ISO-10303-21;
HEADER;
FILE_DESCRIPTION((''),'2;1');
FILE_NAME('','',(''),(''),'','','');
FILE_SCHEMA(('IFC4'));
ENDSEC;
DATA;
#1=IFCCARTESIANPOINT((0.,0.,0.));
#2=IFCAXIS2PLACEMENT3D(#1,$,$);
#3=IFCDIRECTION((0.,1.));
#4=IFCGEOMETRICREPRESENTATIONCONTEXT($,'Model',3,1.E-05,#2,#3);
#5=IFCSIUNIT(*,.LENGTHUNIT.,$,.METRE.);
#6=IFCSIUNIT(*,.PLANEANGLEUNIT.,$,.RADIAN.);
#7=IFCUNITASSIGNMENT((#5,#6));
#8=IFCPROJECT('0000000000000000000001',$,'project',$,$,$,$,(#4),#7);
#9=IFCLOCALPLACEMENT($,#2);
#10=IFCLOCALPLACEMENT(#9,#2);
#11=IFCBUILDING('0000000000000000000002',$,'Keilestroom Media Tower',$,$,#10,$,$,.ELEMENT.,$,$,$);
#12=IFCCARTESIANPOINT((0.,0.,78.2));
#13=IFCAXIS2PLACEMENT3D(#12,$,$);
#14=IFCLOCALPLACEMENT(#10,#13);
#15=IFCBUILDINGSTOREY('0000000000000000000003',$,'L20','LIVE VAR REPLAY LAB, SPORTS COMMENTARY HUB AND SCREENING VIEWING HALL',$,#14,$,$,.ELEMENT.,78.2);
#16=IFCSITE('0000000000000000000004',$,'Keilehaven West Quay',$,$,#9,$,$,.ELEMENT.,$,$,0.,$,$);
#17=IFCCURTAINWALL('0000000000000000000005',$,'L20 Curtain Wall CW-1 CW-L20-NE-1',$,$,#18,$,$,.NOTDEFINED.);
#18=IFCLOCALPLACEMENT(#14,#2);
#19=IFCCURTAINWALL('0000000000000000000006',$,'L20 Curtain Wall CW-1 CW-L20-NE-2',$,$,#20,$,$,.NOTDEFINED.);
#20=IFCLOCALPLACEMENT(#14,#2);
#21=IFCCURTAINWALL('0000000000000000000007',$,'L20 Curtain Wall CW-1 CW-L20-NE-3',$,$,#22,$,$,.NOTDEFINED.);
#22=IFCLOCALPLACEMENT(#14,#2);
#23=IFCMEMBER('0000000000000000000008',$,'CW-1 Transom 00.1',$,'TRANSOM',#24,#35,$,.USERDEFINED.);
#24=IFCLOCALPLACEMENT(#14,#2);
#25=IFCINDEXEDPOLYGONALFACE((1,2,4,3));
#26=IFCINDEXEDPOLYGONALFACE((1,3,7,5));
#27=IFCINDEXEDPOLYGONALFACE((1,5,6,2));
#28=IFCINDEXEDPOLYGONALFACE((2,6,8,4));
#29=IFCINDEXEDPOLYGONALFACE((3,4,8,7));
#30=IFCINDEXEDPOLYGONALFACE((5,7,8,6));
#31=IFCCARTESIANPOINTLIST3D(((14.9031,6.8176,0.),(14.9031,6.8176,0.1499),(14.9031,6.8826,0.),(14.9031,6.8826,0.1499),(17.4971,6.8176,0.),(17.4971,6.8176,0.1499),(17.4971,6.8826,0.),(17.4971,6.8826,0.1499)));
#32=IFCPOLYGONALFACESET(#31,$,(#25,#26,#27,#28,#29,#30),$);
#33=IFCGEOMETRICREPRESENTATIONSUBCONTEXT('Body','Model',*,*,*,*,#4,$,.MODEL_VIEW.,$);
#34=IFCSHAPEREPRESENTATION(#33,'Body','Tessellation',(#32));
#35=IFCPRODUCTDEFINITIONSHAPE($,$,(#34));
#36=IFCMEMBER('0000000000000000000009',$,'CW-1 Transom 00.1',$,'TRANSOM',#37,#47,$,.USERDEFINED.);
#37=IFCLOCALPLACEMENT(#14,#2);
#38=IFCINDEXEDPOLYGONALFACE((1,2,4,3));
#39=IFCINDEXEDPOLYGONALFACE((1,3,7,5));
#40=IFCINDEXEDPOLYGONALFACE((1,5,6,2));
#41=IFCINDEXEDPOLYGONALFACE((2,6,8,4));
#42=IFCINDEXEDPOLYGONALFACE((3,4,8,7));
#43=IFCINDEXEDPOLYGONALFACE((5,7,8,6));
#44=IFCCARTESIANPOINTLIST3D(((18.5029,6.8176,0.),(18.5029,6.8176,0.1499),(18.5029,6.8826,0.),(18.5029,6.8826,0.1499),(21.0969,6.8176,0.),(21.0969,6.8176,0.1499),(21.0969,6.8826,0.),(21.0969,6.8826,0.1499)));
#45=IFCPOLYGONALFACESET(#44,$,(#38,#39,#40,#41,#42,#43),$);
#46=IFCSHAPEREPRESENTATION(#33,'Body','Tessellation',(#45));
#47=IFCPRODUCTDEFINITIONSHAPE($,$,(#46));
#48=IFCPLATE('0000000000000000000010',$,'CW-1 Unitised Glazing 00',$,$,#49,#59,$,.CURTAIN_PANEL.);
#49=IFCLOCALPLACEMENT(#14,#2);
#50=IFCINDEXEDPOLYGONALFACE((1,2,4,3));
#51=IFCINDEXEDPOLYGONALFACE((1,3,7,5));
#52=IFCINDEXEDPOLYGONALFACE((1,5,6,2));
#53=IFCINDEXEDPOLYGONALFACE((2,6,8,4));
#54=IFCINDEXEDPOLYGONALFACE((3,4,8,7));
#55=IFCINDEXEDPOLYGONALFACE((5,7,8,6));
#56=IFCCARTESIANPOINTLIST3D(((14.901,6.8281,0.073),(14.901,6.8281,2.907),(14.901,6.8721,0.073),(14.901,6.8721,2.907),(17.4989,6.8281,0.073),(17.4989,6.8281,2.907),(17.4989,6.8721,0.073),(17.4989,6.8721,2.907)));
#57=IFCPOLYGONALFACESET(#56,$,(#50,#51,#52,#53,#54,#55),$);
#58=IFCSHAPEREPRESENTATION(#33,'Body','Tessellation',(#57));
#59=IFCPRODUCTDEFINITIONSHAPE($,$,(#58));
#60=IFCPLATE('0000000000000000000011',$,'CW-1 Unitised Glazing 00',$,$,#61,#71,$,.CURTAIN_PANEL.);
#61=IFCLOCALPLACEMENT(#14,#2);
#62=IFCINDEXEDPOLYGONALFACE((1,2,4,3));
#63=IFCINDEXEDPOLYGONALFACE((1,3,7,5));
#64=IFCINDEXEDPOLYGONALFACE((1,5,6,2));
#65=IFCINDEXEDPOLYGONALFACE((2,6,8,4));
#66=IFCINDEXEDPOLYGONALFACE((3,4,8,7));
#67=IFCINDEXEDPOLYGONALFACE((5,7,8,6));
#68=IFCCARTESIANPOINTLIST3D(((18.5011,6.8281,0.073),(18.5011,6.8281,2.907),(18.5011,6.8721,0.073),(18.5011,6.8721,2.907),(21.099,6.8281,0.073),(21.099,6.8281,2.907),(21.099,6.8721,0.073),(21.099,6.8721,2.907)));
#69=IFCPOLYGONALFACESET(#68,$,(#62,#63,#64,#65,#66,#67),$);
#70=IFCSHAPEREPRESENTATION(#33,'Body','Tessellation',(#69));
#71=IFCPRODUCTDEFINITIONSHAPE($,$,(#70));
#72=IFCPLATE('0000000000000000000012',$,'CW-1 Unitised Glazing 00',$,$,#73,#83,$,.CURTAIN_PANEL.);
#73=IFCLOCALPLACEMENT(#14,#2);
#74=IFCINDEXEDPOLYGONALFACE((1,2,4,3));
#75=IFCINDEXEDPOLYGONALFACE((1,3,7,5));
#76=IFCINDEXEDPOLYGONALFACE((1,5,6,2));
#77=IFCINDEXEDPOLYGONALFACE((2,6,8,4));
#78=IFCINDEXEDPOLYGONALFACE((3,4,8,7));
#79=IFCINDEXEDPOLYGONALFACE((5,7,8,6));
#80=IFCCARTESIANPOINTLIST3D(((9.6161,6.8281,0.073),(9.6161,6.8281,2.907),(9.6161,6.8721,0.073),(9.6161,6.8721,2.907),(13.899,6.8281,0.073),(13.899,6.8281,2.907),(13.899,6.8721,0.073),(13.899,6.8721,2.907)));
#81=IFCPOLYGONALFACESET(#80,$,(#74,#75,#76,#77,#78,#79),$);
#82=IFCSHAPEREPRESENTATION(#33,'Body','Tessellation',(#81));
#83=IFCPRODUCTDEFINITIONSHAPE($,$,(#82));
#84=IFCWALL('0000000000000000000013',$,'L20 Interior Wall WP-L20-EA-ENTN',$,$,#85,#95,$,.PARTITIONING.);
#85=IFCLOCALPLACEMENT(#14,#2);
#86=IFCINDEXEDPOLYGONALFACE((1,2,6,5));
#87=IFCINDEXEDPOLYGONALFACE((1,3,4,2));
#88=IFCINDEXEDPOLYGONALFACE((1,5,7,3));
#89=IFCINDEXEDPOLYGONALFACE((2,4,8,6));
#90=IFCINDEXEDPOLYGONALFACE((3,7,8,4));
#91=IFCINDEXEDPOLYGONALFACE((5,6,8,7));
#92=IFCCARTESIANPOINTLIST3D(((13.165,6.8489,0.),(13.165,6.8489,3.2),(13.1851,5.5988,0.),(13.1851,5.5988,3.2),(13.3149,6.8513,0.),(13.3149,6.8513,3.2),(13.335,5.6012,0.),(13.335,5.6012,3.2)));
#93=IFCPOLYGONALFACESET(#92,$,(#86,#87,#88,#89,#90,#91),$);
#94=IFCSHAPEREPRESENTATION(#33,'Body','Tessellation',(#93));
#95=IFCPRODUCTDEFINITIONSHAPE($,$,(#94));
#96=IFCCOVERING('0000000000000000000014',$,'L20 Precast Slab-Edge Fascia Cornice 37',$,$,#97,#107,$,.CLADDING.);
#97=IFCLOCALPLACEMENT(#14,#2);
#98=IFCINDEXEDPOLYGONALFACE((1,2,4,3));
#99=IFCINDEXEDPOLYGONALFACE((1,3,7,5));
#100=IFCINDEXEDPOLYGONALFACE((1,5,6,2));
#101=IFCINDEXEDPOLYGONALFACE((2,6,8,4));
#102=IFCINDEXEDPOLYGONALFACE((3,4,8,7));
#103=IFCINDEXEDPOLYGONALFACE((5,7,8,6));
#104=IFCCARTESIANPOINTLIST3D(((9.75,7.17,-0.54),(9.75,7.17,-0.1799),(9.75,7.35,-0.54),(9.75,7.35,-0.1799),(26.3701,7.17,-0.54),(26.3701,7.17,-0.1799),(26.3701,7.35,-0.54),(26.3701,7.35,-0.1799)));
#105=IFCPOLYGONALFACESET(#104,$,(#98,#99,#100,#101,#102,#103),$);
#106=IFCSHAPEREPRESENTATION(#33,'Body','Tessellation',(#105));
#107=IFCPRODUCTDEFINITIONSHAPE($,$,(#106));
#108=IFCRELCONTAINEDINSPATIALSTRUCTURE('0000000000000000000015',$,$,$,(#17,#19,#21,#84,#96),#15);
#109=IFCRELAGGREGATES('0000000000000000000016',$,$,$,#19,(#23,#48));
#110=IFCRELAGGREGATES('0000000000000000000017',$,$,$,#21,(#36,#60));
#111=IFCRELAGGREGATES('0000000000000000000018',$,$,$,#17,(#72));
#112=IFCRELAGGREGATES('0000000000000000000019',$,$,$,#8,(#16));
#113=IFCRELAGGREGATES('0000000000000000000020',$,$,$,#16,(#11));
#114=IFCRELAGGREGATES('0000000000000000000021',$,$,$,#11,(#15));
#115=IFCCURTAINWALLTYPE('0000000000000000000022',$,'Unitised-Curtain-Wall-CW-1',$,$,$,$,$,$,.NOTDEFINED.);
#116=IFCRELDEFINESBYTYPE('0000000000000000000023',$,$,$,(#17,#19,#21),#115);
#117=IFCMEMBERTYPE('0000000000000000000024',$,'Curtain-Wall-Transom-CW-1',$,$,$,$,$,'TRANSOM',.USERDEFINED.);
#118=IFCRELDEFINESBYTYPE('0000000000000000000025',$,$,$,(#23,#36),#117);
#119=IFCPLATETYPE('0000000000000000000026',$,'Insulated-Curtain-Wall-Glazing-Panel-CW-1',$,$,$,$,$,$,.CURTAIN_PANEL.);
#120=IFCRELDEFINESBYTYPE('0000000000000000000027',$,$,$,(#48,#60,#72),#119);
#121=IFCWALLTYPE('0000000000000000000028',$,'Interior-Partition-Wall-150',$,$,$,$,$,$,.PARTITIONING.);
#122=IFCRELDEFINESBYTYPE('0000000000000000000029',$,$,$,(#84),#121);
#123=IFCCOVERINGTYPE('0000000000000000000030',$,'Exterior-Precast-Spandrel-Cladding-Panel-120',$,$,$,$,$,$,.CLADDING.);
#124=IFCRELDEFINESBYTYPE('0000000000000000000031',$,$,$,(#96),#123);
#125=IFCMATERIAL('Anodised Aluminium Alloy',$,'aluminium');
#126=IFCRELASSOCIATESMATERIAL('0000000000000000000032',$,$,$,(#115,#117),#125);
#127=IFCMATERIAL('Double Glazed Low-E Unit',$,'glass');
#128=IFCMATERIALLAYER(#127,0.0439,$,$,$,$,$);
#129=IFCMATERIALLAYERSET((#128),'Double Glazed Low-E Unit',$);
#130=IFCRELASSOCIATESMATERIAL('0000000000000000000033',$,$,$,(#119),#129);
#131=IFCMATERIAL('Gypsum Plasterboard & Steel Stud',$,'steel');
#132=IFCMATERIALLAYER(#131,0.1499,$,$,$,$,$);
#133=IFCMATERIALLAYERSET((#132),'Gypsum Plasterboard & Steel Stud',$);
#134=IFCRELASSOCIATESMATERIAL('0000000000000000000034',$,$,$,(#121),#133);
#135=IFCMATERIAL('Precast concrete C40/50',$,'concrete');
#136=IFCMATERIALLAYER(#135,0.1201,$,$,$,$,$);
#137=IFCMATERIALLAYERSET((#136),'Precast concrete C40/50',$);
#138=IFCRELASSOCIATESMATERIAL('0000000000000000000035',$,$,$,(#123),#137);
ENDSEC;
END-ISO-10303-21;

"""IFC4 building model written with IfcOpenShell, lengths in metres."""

from ifc_helpers import new_model, si_unit, direction, frame, frame_2d, origin, origin_2d, place, context, subcontext, project, spatial, rectangle, extrude, source, transform, mapped, material, layer, layer_set, material_profile, profile_set, type_object, element, aggregate, save


model = new_model("IFC4")

# Units and contexts
model_context = context("Model", 3, precision=1e-05, world=origin(), true_north=direction((0.0, 1.0)))
body_context = subcontext(model_context, "Body", "Model", "MODEL_VIEW")
ifc_project = project(units=[si_unit("LENGTHUNIT", "METRE"), si_unit("PLANEANGLEUNIT", "RADIAN")], contexts=[model_context])

# Site, building, storey
site_placement = place(None, origin())
site = spatial("IfcSite", under=ifc_project, at=site_placement, Name="Keilehaven West Quay", CompositionType="ELEMENT", RefElevation=0.0)
building_placement = place(site_placement, origin())
building = spatial("IfcBuilding", under=site, at=building_placement, Name="Keilestroom Media Tower", CompositionType="ELEMENT")
storey_placement = place(building_placement, frame((0.0, 0.0, 78.2)))
storey = spatial("IfcBuildingStorey", under=building, at=storey_placement, Name="L20", Description="LIVE VAR REPLAY LAB, SPORTS COMMENTARY HUB AND SCREENING VIEWING HALL", CompositionType="ELEMENT", Elevation=78.2)

# Shared definitions
ifc_material_1 = material(Name="Precast concrete C40/50", Category="concrete")

# Curtain wall
ifc_material_2 = material(Name="Anodised Aluminium Alloy", Category="aluminium")
curtain_wall_type = type_object("IfcCurtainWallType", Name="Unitised-Curtain-Wall-CW-1", PredefinedType="NOTDEFINED", material=ifc_material_2)
curtain_wall_1_placement = place(storey_placement, origin())
curtain_wall_1 = element("IfcCurtainWall", 1, at=curtain_wall_1_placement, inside=storey, type_object=curtain_wall_type, Name="L20 Curtain Wall CW-1 CW-L20-NE-1", PredefinedType="NOTDEFINED")

# Curtain walls
curtain_wall_2_placement = place(storey_placement, origin())
curtain_wall_2 = element("IfcCurtainWall", 2, at=curtain_wall_2_placement, inside=storey, type_object=curtain_wall_type, Name="L20 Curtain Wall CW-1 CW-L20-NE-2", PredefinedType="NOTDEFINED")
curtain_wall_3_placement = place(storey_placement, origin())
curtain_wall_3 = element("IfcCurtainWall", 3, at=curtain_wall_3_placement, inside=storey, type_object=curtain_wall_type, Name="L20 Curtain Wall CW-1 CW-L20-NE-3", PredefinedType="NOTDEFINED")

# Members
ifc_material_profile_1 = material_profile(ifc_material_2, rectangle(XDim=0.0649, YDim=0.1499, at=origin_2d()), Name="ALU TRANSOM 65x150")
ifc_profile_set_1 = profile_set([ifc_material_profile_1], Name="Anodised Aluminium Alloy")
member_type_1 = type_object("IfcMemberType", Name="Curtain-Wall-Transom-CW-1", ElementType="TRANSOM", PredefinedType="USERDEFINED", material=ifc_profile_set_1)
shared_shape_1 = source(origin(), body_context, "Body", "SweptSolid", [
    extrude(rectangle(XDim=0.0649, YDim=0.1499, at=origin_2d()), origin(), (0.0, 0.0, 1.0), 2.594),
])
member_1_placement = place(storey_placement, frame((14.9031, 6.8501, 0.075), z_axis=(1.0, 0.0, 0.0), x_axis=(0.0, 1.0, 0.0)))
member_1 = element("IfcMember", 4, at=member_1_placement, type_object=member_type_1, Name="CW-1 Transom 00.1", ObjectType="TRANSOM", PredefinedType="USERDEFINED", context=body_context, shape_type="MappedRepresentation", body=[
    mapped(shared_shape_1, transform((0.0, 0.0, 0.0), x_axis=(1.0, 0.0, 0.0), y_axis=(0.0, 1.0, 0.0), z_axis=(0.0, 0.0, 1.0), scale=1.0)),
])
member_2_placement = place(storey_placement, frame((18.5029, 6.8501, 0.075), z_axis=(1.0, 0.0, 0.0), x_axis=(0.0, 1.0, 0.0)))
member_2 = element("IfcMember", 5, at=member_2_placement, type_object=member_type_1, Name="CW-1 Transom 00.1", ObjectType="TRANSOM", PredefinedType="USERDEFINED", context=body_context, shape_type="MappedRepresentation", body=[
    mapped(shared_shape_1, transform((0.0, 0.0, 0.0), x_axis=(1.0, 0.0, 0.0), y_axis=(0.0, 1.0, 0.0), z_axis=(0.0, 0.0, 1.0), scale=1.0)),
])

# Plates
ifc_material_3 = material(Name="Double Glazed Low-E Unit", Category="glass")
ifc_layer_1 = layer(ifc_material_3, 0.0439)
ifc_layer_set_1 = layer_set([ifc_layer_1], Name="Double Glazed Low-E Unit")
plate_type = type_object("IfcPlateType", Name="Insulated-Curtain-Wall-Glazing-Panel-CW-1", PredefinedType="CURTAIN_PANEL", material=ifc_layer_set_1)
shared_shape_2 = source(origin(), body_context, "Body", "SweptSolid", [
    extrude(rectangle(XDim=2.5979, YDim=0.0439, at=origin_2d()), origin(), (0.0, 0.0, 1.0), 2.834),
])
plate_1_placement = place(storey_placement, frame((16.2, 6.8501, 0.073), z_axis=(0.0, 0.0, 1.0), x_axis=(1.0, 0.0, 0.0)))
plate_1 = element("IfcPlate", 6, at=plate_1_placement, type_object=plate_type, Name="CW-1 Unitised Glazing 00", PredefinedType="CURTAIN_PANEL", context=body_context, shape_type="MappedRepresentation", body=[
    mapped(shared_shape_2, transform((0.0, 0.0, 0.0), x_axis=(1.0, 0.0, 0.0), y_axis=(0.0, 1.0, 0.0), z_axis=(0.0, 0.0, 1.0), scale=1.0)),
])
aggregate(curtain_wall_2, [member_1, plate_1])
plate_2_placement = place(storey_placement, frame((19.8, 6.8501, 0.073), z_axis=(0.0, 0.0, 1.0), x_axis=(1.0, 0.0, 0.0)))
plate_2 = element("IfcPlate", 7, at=plate_2_placement, type_object=plate_type, Name="CW-1 Unitised Glazing 00", PredefinedType="CURTAIN_PANEL", context=body_context, shape_type="MappedRepresentation", body=[
    mapped(shared_shape_2, transform((0.0, 0.0, 0.0), x_axis=(1.0, 0.0, 0.0), y_axis=(0.0, 1.0, 0.0), z_axis=(0.0, 0.0, 1.0), scale=1.0)),
])
aggregate(curtain_wall_3, [member_2, plate_2])
shared_shape_3 = source(origin(), body_context, "Body", "SweptSolid", [
    extrude(rectangle(XDim=4.283, YDim=0.0439, at=origin_2d()), origin(), (0.0, 0.0, 1.0), 2.834),
])
plate_3_placement = place(storey_placement, frame((11.7576, 6.8501, 0.073), z_axis=(0.0, 0.0, 1.0), x_axis=(1.0, 0.0, 0.0)))
plate_3 = element("IfcPlate", 8, at=plate_3_placement, type_object=plate_type, Name="CW-1 Unitised Glazing 00", PredefinedType="CURTAIN_PANEL", context=body_context, shape_type="MappedRepresentation", body=[
    mapped(shared_shape_3, transform((0.0, 0.0, 0.0), x_axis=(1.0, 0.0, 0.0), y_axis=(0.0, 1.0, 0.0), z_axis=(0.0, 0.0, 1.0), scale=1.0)),
])
aggregate(curtain_wall_1, [plate_3])

# Wall
ifc_material_4 = material(Name="Gypsum Plasterboard & Steel Stud", Category="steel")
ifc_layer_2 = layer(ifc_material_4, 0.1499)
ifc_layer_set_2 = layer_set([ifc_layer_2], Name="Gypsum Plasterboard & Steel Stud")
wall_type = type_object("IfcWallType", Name="Interior-Partition-Wall-150", PredefinedType="PARTITIONING", material=ifc_layer_set_2)
wall_placement = place(storey_placement, frame((13.26, 5.6001, 0.0), z_axis=(0.0, 0.0, 1.0), x_axis=(-0.016014, 0.999872, 0.0)))
element("IfcWall", 9, at=wall_placement, inside=storey, type_object=wall_type, Name="L20 Interior Wall WP-L20-EA-ENTN", PredefinedType="PARTITIONING", context=body_context, shape_type="SweptSolid", body=[
    extrude(rectangle(XDim=1.2502, YDim=0.1499, at=frame_2d((0.625, 0.0))), origin(), (0.0, 0.0, 1.0), 3.2),
])

# Covering
ifc_layer_3 = layer(ifc_material_1, 0.1201)
ifc_layer_set_3 = layer_set([ifc_layer_3], Name="Precast concrete C40/50")
covering_type = type_object("IfcCoveringType", Name="Exterior-Precast-Spandrel-Cladding-Panel-120", PredefinedType="CLADDING", material=ifc_layer_set_3)
shared_shape_4 = source(origin(), body_context, "Body", "SweptSolid", [
    extrude(rectangle(XDim=16.6201, YDim=0.1799, at=origin_2d()), origin(), (0.0, 0.0, 1.0), 0.3601),
])
covering_placement = place(storey_placement, frame((18.0601, 7.26, -0.54), z_axis=(0.0, 0.0, 1.0), x_axis=(1.0, 0.0, 0.0)))
element("IfcCovering", 10, at=covering_placement, inside=storey, type_object=covering_type, Name="L20 Precast Slab-Edge Fascia Cornice 37", PredefinedType="CLADDING", context=body_context, shape_type="MappedRepresentation", body=[
    mapped(shared_shape_4, transform((0.0, 0.0, 0.0), x_axis=(1.0, 0.0, 0.0), y_axis=(0.0, 1.0, 0.0), z_axis=(0.0, 0.0, 1.0), scale=1.0)),
])

save(model, "model.ifc")
